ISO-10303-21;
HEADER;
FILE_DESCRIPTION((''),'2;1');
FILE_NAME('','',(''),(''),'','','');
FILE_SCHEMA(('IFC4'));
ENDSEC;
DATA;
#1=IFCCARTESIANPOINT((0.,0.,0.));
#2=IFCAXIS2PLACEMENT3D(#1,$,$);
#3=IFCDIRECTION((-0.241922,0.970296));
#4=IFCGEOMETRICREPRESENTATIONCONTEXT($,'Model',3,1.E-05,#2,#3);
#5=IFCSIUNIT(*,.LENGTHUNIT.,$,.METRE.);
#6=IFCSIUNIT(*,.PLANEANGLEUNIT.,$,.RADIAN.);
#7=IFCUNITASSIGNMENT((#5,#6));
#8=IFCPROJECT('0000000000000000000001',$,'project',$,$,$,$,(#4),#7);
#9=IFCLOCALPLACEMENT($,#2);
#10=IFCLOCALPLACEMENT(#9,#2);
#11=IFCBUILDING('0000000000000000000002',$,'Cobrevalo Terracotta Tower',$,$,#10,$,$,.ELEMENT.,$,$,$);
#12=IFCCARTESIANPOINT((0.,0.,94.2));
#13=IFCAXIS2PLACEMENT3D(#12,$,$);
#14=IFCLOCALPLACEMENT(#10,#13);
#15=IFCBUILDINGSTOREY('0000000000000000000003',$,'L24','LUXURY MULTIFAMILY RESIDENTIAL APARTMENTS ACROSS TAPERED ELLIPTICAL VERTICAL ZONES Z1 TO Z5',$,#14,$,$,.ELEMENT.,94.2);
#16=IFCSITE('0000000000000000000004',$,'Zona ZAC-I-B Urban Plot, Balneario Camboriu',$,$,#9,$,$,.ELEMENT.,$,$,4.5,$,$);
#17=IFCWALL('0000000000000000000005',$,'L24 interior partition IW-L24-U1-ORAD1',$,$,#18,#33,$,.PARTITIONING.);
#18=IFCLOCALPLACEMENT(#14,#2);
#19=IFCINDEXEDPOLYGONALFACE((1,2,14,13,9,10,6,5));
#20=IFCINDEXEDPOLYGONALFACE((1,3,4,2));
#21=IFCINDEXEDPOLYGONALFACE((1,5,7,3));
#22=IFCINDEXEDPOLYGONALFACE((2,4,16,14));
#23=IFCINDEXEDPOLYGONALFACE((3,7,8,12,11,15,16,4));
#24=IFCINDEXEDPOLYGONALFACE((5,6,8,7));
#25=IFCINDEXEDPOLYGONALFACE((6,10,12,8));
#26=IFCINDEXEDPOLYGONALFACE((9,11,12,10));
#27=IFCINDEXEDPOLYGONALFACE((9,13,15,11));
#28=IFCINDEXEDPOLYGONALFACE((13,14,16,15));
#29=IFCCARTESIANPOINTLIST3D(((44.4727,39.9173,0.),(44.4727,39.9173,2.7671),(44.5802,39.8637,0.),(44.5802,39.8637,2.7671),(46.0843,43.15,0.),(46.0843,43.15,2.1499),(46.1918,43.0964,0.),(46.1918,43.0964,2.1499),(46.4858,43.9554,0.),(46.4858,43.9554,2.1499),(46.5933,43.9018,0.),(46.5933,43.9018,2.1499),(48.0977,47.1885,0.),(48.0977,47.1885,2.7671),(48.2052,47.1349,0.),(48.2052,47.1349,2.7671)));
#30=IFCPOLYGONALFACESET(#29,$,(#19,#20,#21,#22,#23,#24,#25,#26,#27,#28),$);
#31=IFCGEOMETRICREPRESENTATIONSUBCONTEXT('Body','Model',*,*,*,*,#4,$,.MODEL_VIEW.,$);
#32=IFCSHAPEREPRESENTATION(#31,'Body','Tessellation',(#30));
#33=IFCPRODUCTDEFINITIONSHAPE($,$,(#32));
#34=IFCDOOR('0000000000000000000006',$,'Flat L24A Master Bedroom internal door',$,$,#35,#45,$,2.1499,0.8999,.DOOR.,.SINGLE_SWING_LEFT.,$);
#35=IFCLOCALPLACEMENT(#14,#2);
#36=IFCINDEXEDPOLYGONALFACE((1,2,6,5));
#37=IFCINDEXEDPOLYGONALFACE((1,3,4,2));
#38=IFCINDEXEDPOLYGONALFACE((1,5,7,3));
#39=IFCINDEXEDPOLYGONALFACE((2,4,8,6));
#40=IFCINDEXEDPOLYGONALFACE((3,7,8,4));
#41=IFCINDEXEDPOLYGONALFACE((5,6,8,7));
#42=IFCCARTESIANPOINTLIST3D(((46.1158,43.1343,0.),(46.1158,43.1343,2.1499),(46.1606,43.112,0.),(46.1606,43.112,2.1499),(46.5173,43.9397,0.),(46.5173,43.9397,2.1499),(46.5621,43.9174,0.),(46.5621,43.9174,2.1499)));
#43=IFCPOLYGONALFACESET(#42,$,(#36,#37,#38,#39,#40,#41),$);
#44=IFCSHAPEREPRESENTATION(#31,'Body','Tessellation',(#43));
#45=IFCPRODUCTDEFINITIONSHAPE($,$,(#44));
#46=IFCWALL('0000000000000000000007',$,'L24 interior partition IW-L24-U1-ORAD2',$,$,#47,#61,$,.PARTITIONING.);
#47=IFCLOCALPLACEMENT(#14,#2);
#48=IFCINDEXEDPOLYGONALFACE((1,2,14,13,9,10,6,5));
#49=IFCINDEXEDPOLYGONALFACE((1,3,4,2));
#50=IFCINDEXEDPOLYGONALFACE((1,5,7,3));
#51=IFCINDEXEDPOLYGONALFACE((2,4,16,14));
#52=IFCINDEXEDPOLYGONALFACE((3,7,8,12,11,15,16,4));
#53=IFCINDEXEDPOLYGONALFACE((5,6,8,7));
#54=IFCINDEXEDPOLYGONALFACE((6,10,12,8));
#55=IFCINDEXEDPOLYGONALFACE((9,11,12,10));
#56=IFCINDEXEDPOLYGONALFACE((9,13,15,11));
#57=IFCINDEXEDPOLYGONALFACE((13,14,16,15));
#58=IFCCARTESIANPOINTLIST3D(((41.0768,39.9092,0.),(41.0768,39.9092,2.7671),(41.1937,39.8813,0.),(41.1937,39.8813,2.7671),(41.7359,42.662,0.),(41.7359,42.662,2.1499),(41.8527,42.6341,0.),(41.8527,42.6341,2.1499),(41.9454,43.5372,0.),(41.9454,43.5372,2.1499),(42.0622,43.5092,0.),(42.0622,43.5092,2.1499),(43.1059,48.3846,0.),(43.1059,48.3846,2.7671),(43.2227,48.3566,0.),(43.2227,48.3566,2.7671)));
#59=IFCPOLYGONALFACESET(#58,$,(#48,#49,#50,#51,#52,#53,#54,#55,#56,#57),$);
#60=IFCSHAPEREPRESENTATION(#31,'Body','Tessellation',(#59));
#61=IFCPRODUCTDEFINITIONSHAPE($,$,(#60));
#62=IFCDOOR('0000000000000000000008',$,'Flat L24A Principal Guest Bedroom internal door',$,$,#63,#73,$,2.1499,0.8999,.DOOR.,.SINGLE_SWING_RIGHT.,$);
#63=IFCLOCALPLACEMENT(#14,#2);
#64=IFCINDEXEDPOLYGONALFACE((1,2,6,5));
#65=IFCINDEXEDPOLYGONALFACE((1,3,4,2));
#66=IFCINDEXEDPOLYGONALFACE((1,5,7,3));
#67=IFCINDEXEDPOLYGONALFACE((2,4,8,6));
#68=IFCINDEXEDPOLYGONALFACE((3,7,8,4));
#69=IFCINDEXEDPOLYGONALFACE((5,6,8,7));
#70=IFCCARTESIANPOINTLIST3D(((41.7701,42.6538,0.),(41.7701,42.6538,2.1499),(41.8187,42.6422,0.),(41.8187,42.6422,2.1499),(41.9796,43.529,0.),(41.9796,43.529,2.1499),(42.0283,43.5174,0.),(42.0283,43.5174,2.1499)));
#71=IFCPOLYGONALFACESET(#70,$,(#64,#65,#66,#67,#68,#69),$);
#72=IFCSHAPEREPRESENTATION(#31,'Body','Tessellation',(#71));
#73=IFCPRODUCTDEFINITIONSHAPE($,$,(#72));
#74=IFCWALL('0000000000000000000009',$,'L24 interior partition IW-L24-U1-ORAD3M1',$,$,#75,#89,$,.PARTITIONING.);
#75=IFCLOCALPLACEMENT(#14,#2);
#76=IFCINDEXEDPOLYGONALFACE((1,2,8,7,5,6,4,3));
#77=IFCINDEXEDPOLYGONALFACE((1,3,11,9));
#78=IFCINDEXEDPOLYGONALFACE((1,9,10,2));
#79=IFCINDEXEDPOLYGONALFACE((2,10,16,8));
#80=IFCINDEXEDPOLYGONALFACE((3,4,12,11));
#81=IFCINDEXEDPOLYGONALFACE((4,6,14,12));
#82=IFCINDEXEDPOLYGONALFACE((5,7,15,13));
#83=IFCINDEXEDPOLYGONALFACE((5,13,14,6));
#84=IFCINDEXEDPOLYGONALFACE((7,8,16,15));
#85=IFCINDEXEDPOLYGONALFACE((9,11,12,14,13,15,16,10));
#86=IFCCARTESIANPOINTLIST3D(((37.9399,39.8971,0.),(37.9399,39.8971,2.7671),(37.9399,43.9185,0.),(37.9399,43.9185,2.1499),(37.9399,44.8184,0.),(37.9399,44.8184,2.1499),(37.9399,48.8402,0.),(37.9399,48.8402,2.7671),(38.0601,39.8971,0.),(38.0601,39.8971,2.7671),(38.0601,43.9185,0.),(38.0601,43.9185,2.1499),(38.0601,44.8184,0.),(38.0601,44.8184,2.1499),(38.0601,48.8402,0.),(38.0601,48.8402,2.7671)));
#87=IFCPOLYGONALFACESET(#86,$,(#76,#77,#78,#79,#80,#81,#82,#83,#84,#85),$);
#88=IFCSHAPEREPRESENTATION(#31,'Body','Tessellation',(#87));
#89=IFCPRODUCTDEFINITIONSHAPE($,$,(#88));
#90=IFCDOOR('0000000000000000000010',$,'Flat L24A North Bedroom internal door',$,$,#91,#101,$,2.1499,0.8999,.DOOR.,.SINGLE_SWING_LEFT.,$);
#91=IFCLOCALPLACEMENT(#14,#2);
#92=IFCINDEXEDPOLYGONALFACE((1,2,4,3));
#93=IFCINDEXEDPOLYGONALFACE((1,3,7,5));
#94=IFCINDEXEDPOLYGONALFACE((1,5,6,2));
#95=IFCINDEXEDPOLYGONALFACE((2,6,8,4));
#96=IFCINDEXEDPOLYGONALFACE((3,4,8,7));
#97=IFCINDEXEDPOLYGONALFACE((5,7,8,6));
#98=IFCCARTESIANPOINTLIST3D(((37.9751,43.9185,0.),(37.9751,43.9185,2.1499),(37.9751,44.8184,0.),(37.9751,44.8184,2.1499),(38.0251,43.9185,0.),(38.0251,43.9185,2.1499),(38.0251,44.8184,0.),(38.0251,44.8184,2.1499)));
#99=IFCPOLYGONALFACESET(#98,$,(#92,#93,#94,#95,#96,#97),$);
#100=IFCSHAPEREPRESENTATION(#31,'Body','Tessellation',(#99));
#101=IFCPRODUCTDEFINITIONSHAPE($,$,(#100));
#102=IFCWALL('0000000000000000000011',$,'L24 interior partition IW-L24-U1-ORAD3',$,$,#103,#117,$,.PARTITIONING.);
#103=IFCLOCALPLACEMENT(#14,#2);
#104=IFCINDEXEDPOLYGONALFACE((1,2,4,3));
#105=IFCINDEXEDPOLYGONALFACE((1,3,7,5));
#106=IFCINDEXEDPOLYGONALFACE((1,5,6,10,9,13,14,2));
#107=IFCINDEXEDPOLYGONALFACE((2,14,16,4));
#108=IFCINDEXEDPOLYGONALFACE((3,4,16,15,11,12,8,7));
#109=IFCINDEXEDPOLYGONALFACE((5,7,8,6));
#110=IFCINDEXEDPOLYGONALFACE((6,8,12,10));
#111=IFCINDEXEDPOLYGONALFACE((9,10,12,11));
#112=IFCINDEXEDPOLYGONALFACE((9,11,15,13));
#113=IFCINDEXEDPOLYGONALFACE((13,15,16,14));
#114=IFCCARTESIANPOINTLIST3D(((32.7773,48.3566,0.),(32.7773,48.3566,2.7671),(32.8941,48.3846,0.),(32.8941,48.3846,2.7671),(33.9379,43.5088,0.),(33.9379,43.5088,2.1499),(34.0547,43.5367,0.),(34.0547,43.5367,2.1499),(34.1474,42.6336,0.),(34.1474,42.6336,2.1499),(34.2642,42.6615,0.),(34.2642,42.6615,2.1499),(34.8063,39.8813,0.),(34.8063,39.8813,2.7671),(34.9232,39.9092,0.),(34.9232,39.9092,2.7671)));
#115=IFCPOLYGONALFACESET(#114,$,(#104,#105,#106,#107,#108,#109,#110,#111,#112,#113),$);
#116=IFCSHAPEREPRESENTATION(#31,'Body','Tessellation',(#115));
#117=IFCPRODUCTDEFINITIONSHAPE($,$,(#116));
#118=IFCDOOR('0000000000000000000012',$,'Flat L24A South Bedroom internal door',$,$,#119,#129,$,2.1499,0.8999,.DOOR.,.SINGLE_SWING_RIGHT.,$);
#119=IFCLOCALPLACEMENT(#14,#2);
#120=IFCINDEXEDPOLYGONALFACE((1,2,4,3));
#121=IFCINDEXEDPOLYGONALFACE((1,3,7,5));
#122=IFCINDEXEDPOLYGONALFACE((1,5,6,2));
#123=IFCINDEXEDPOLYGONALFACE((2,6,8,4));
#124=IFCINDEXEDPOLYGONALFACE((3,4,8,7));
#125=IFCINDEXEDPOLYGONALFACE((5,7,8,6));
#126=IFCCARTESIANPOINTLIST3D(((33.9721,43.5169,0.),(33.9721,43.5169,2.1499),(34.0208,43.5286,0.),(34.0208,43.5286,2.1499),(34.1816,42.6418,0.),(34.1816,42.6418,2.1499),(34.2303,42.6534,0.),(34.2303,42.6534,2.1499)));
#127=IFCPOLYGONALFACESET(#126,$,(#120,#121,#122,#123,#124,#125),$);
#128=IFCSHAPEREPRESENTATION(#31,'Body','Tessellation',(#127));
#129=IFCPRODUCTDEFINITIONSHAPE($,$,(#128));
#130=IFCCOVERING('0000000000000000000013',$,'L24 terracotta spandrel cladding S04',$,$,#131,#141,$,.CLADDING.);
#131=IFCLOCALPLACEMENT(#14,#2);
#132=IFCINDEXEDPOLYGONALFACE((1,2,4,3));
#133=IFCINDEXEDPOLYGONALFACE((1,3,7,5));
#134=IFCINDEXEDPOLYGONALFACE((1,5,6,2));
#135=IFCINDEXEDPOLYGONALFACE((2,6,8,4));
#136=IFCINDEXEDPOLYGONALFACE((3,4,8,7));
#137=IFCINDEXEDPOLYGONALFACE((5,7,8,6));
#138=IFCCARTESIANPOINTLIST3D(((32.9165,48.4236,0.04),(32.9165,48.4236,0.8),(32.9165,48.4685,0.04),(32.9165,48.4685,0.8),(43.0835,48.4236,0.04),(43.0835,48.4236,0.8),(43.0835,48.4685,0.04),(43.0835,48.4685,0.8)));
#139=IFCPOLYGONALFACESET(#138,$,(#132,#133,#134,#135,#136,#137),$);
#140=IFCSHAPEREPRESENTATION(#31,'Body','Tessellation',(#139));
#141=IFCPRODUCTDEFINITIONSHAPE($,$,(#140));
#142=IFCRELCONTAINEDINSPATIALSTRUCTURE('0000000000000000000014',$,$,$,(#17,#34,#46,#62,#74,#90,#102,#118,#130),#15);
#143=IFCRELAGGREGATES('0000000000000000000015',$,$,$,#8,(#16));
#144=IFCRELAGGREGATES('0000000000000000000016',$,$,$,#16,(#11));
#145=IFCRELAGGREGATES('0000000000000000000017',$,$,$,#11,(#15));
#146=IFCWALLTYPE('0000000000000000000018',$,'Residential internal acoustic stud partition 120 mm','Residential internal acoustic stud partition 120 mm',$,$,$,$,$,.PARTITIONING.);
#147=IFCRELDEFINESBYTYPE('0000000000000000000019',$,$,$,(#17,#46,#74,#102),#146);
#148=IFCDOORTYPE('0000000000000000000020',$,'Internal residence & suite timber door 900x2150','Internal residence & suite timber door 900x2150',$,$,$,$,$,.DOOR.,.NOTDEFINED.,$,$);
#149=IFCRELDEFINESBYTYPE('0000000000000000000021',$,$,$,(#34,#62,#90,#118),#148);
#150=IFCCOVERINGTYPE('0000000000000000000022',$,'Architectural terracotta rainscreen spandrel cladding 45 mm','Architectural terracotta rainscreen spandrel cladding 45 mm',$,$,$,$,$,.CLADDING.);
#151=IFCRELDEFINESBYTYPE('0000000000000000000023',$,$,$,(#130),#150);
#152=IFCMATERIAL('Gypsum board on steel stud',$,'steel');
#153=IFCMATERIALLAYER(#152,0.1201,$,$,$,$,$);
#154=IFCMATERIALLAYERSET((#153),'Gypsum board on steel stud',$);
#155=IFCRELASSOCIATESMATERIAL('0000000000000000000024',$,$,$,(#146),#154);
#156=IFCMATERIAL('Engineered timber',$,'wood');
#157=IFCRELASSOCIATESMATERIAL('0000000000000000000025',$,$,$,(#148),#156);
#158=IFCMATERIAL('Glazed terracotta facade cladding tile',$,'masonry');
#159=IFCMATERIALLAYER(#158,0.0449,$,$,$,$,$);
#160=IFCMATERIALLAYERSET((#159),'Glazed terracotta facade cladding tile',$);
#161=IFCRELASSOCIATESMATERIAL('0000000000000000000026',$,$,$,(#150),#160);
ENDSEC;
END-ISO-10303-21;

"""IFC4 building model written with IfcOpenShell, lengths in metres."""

from ifc_helpers import new_model, si_unit, direction, frame, frame_2d, origin, origin_2d, place, context, subcontext, project, spatial, rectangle, extrude, source, transform, mapped, material, layer, layer_set, type_object, element, fill, save


model = new_model("IFC4")

# Units and contexts
model_context = context("Model", 3, precision=1e-05, world=origin(), true_north=direction((-0.241922, 0.970296)))
body_context = subcontext(model_context, "Body", "Model", "MODEL_VIEW")
ifc_project = project(units=[si_unit("LENGTHUNIT", "METRE"), si_unit("PLANEANGLEUNIT", "RADIAN")], contexts=[model_context])

# Site, building, storey
site_placement = place(None, origin())
site = spatial("IfcSite", under=ifc_project, at=site_placement, Name="Zona ZAC-I-B Urban Plot, Balneario Camboriu", CompositionType="ELEMENT", RefElevation=4.5)
building_placement = place(site_placement, origin())
building = spatial("IfcBuilding", under=site, at=building_placement, Name="Cobrevalo Terracotta Tower", CompositionType="ELEMENT")
storey_placement = place(building_placement, frame((0.0, 0.0, 94.2)))
storey = spatial("IfcBuildingStorey", under=building, at=storey_placement, Name="L24", Description="LUXURY MULTIFAMILY RESIDENTIAL APARTMENTS ACROSS TAPERED ELLIPTICAL VERTICAL ZONES Z1 TO Z5", CompositionType="ELEMENT", Elevation=94.2)

# Walls, openings, doors
ifc_material_1 = material(Name="Gypsum board on steel stud", Category="steel")
ifc_layer_1 = layer(ifc_material_1, 0.1201)
ifc_layer_set_1 = layer_set([ifc_layer_1], Name="Gypsum board on steel stud")
wall_type_1 = type_object("IfcWallType", Name="Residential internal acoustic stud partition 120 mm", Description="Residential internal acoustic stud partition 120 mm", PredefinedType="PARTITIONING", material=ifc_layer_set_1)
wall_1_placement = place(storey_placement, frame((44.5264, 39.8904, 0.0), z_axis=(0.0, 0.0, 1.0), x_axis=(0.446168, 0.894949, 0.0)))
wall_1 = element("IfcWall", 1, at=wall_1_placement, inside=storey, type_object=wall_type_1, Name="L24 interior partition IW-L24-U1-ORAD1", PredefinedType="PARTITIONING", context=body_context, shape_type="SweptSolid", body=[
    extrude(rectangle(XDim=8.1248, YDim=0.1201, at=frame_2d((4.0625, 0.0))), origin(), (0.0, 0.0, 1.0), 2.7671),
])
opening_1_placement = place(wall_1_placement, frame((3.6123, 0.0, 0.0)))
opening_1 = element("IfcOpeningElement", 2, at=opening_1_placement, cuts=wall_1, PredefinedType="OPENING", context=body_context, shape_type="SweptSolid", body=[
    extrude(rectangle(XDim=0.8999, YDim=2.1499, at=frame_2d((0.45, 1.075))), frame((0.0, 0.0701, 0.0), z_axis=(0.0, -1.0, 0.0), x_axis=(1.0, 0.0, 0.0)), (0.0, 0.0, 1.0), 0.1401),
])
ifc_material_2 = material(Name="Engineered timber", Category="wood")
door_type = type_object("IfcDoorType", Name="Internal residence & suite timber door 900x2150", Description="Internal residence & suite timber door 900x2150", OperationType="NOTDEFINED", PredefinedType="DOOR", material=ifc_material_2)
shared_shape_1 = source(origin(), body_context, "Body", "SweptSolid", [
    extrude(rectangle(XDim=0.8999, YDim=2.1499, at=frame_2d((0.45, 1.075))), frame((0.0, 0.0249, 0.0), z_axis=(0.0, -1.0, 0.0), x_axis=(1.0, 0.0, 0.0)), (0.0, 0.0, 1.0), 0.05),
])
door_1_placement = place(opening_1_placement, origin())
door_1 = element("IfcDoor", 3, at=door_1_placement, inside=storey, type_object=door_type, Name="Flat L24A Master Bedroom internal door", OperationType="SINGLE_SWING_LEFT", OverallHeight=2.1499, OverallWidth=0.8999, PredefinedType="DOOR", context=body_context, shape_type="MappedRepresentation", body=[
    mapped(shared_shape_1, transform((0.0, 0.0, 0.0), scale=1.0)),
])
fill(opening_1, door_1)
wall_2_placement = place(storey_placement, frame((41.1353, 39.8953, 0.0), z_axis=(0.0, 0.0, 1.0), x_axis=(0.232827, 0.972518, 0.0)))
wall_2 = element("IfcWall", 4, at=wall_2_placement, inside=storey, type_object=wall_type_1, Name="L24 interior partition IW-L24-U1-ORAD2", PredefinedType="PARTITIONING", context=body_context, shape_type="SweptSolid", body=[
    extrude(rectangle(XDim=8.7148, YDim=0.1201, at=frame_2d((4.3574, 0.0))), origin(), (0.0, 0.0, 1.0), 2.7671),
])
opening_2_placement = place(wall_2_placement, frame((2.8306, 0.0, 0.0)))
opening_2 = element("IfcOpeningElement", 5, at=opening_2_placement, cuts=wall_2, PredefinedType="OPENING", context=body_context, shape_type="SweptSolid", body=[
    extrude(rectangle(XDim=0.8999, YDim=2.1499, at=frame_2d((0.45, 1.075))), frame((0.0, 0.0701, 0.0), z_axis=(0.0, -1.0, 0.0), x_axis=(1.0, 0.0, 0.0)), (0.0, 0.0, 1.0), 0.1401),
])
door_2_placement = place(opening_2_placement, origin())
door_2 = element("IfcDoor", 6, at=door_2_placement, inside=storey, type_object=door_type, Name="Flat L24A Principal Guest Bedroom internal door", OperationType="SINGLE_SWING_RIGHT", OverallHeight=2.1499, OverallWidth=0.8999, PredefinedType="DOOR", context=body_context, shape_type="MappedRepresentation", body=[
    mapped(shared_shape_1, transform((0.0, 0.0, 0.0), scale=1.0)),
])
fill(opening_2, door_2)
wall_3_placement = place(storey_placement, frame((38.0, 39.897, 0.0), z_axis=(0.0, 0.0, 1.0), x_axis=(0.0, 1.0, 0.0)))
wall_3 = element("IfcWall", 7, at=wall_3_placement, inside=storey, type_object=wall_type_1, Name="L24 interior partition IW-L24-U1-ORAD3M1", PredefinedType="PARTITIONING", context=body_context, shape_type="SweptSolid", body=[
    extrude(rectangle(XDim=8.9431, YDim=0.1201, at=frame_2d((4.4717, 0.0))), origin(), (0.0, 0.0, 1.0), 2.7671),
])
opening_3_placement = place(wall_3_placement, frame((4.0215, 0.0, 0.0)))
opening_3 = element("IfcOpeningElement", 8, at=opening_3_placement, cuts=wall_3, PredefinedType="OPENING", context=body_context, shape_type="SweptSolid", body=[
    extrude(rectangle(XDim=0.8999, YDim=2.1499, at=frame_2d((0.45, 1.075))), frame((0.0, 0.0701, 0.0), z_axis=(0.0, -1.0, 0.0), x_axis=(1.0, 0.0, 0.0)), (0.0, 0.0, 1.0), 0.1401),
])
door_3_placement = place(opening_3_placement, origin())
door_3 = element("IfcDoor", 9, at=door_3_placement, inside=storey, type_object=door_type, Name="Flat L24A North Bedroom internal door", OperationType="SINGLE_SWING_LEFT", OverallHeight=2.1499, OverallWidth=0.8999, PredefinedType="DOOR", context=body_context, shape_type="MappedRepresentation", body=[
    mapped(shared_shape_1, transform((0.0, 0.0, 0.0), scale=1.0)),
])
fill(opening_3, door_3)
wall_4_placement = place(storey_placement, frame((34.8647, 39.8953, 0.0), z_axis=(0.0, 0.0, 1.0), x_axis=(-0.232827, 0.972518, 0.0)))
wall_4 = element("IfcWall", 10, at=wall_4_placement, inside=storey, type_object=wall_type_1, Name="L24 interior partition IW-L24-U1-ORAD3", PredefinedType="PARTITIONING", context=body_context, shape_type="SweptSolid", body=[
    extrude(rectangle(XDim=8.7148, YDim=0.1201, at=frame_2d((4.3574, 0.0))), origin(), (0.0, 0.0, 1.0), 2.7671),
])
opening_4_placement = place(wall_4_placement, frame((2.8301, 0.0, 0.0)))
opening_4 = element("IfcOpeningElement", 11, at=opening_4_placement, cuts=wall_4, PredefinedType="OPENING", context=body_context, shape_type="SweptSolid", body=[
    extrude(rectangle(XDim=0.8999, YDim=2.1499, at=frame_2d((0.45, 1.075))), frame((0.0, 0.0701, 0.0), z_axis=(0.0, -1.0, 0.0), x_axis=(1.0, 0.0, 0.0)), (0.0, 0.0, 1.0), 0.1401),
])
door_4_placement = place(opening_4_placement, origin())
door_4 = element("IfcDoor", 12, at=door_4_placement, inside=storey, type_object=door_type, Name="Flat L24A South Bedroom internal door", OperationType="SINGLE_SWING_RIGHT", OverallHeight=2.1499, OverallWidth=0.8999, PredefinedType="DOOR", context=body_context, shape_type="MappedRepresentation", body=[
    mapped(shared_shape_1, transform((0.0, 0.0, 0.0), scale=1.0)),
])
fill(opening_4, door_4)

# Covering
ifc_material_3 = material(Name="Glazed terracotta facade cladding tile", Category="masonry")
ifc_layer_2 = layer(ifc_material_3, 0.0449)
ifc_layer_set_2 = layer_set([ifc_layer_2], Name="Glazed terracotta facade cladding tile")
covering_type = type_object("IfcCoveringType", Name="Architectural terracotta rainscreen spandrel cladding 45 mm", Description="Architectural terracotta rainscreen spandrel cladding 45 mm", PredefinedType="CLADDING", material=ifc_layer_set_2)
shared_shape_2 = source(origin(), body_context, "Body", "SweptSolid", [
    extrude(rectangle(XDim=10.167, YDim=0.0449, at=origin_2d()), origin(), (0.0, 0.0, 1.0), 0.76),
])
covering_placement = place(storey_placement, frame((38.0, 48.446, 0.04), z_axis=(0.0, 0.0, 1.0), x_axis=(-1.0, 0.0, 0.0)))
element("IfcCovering", 13, at=covering_placement, inside=storey, type_object=covering_type, Name="L24 terracotta spandrel cladding S04", PredefinedType="CLADDING", context=body_context, shape_type="MappedRepresentation", body=[
    mapped(shared_shape_2, transform((0.0, 0.0, 0.0), scale=1.0)),
])

save(model, "model.ifc")
